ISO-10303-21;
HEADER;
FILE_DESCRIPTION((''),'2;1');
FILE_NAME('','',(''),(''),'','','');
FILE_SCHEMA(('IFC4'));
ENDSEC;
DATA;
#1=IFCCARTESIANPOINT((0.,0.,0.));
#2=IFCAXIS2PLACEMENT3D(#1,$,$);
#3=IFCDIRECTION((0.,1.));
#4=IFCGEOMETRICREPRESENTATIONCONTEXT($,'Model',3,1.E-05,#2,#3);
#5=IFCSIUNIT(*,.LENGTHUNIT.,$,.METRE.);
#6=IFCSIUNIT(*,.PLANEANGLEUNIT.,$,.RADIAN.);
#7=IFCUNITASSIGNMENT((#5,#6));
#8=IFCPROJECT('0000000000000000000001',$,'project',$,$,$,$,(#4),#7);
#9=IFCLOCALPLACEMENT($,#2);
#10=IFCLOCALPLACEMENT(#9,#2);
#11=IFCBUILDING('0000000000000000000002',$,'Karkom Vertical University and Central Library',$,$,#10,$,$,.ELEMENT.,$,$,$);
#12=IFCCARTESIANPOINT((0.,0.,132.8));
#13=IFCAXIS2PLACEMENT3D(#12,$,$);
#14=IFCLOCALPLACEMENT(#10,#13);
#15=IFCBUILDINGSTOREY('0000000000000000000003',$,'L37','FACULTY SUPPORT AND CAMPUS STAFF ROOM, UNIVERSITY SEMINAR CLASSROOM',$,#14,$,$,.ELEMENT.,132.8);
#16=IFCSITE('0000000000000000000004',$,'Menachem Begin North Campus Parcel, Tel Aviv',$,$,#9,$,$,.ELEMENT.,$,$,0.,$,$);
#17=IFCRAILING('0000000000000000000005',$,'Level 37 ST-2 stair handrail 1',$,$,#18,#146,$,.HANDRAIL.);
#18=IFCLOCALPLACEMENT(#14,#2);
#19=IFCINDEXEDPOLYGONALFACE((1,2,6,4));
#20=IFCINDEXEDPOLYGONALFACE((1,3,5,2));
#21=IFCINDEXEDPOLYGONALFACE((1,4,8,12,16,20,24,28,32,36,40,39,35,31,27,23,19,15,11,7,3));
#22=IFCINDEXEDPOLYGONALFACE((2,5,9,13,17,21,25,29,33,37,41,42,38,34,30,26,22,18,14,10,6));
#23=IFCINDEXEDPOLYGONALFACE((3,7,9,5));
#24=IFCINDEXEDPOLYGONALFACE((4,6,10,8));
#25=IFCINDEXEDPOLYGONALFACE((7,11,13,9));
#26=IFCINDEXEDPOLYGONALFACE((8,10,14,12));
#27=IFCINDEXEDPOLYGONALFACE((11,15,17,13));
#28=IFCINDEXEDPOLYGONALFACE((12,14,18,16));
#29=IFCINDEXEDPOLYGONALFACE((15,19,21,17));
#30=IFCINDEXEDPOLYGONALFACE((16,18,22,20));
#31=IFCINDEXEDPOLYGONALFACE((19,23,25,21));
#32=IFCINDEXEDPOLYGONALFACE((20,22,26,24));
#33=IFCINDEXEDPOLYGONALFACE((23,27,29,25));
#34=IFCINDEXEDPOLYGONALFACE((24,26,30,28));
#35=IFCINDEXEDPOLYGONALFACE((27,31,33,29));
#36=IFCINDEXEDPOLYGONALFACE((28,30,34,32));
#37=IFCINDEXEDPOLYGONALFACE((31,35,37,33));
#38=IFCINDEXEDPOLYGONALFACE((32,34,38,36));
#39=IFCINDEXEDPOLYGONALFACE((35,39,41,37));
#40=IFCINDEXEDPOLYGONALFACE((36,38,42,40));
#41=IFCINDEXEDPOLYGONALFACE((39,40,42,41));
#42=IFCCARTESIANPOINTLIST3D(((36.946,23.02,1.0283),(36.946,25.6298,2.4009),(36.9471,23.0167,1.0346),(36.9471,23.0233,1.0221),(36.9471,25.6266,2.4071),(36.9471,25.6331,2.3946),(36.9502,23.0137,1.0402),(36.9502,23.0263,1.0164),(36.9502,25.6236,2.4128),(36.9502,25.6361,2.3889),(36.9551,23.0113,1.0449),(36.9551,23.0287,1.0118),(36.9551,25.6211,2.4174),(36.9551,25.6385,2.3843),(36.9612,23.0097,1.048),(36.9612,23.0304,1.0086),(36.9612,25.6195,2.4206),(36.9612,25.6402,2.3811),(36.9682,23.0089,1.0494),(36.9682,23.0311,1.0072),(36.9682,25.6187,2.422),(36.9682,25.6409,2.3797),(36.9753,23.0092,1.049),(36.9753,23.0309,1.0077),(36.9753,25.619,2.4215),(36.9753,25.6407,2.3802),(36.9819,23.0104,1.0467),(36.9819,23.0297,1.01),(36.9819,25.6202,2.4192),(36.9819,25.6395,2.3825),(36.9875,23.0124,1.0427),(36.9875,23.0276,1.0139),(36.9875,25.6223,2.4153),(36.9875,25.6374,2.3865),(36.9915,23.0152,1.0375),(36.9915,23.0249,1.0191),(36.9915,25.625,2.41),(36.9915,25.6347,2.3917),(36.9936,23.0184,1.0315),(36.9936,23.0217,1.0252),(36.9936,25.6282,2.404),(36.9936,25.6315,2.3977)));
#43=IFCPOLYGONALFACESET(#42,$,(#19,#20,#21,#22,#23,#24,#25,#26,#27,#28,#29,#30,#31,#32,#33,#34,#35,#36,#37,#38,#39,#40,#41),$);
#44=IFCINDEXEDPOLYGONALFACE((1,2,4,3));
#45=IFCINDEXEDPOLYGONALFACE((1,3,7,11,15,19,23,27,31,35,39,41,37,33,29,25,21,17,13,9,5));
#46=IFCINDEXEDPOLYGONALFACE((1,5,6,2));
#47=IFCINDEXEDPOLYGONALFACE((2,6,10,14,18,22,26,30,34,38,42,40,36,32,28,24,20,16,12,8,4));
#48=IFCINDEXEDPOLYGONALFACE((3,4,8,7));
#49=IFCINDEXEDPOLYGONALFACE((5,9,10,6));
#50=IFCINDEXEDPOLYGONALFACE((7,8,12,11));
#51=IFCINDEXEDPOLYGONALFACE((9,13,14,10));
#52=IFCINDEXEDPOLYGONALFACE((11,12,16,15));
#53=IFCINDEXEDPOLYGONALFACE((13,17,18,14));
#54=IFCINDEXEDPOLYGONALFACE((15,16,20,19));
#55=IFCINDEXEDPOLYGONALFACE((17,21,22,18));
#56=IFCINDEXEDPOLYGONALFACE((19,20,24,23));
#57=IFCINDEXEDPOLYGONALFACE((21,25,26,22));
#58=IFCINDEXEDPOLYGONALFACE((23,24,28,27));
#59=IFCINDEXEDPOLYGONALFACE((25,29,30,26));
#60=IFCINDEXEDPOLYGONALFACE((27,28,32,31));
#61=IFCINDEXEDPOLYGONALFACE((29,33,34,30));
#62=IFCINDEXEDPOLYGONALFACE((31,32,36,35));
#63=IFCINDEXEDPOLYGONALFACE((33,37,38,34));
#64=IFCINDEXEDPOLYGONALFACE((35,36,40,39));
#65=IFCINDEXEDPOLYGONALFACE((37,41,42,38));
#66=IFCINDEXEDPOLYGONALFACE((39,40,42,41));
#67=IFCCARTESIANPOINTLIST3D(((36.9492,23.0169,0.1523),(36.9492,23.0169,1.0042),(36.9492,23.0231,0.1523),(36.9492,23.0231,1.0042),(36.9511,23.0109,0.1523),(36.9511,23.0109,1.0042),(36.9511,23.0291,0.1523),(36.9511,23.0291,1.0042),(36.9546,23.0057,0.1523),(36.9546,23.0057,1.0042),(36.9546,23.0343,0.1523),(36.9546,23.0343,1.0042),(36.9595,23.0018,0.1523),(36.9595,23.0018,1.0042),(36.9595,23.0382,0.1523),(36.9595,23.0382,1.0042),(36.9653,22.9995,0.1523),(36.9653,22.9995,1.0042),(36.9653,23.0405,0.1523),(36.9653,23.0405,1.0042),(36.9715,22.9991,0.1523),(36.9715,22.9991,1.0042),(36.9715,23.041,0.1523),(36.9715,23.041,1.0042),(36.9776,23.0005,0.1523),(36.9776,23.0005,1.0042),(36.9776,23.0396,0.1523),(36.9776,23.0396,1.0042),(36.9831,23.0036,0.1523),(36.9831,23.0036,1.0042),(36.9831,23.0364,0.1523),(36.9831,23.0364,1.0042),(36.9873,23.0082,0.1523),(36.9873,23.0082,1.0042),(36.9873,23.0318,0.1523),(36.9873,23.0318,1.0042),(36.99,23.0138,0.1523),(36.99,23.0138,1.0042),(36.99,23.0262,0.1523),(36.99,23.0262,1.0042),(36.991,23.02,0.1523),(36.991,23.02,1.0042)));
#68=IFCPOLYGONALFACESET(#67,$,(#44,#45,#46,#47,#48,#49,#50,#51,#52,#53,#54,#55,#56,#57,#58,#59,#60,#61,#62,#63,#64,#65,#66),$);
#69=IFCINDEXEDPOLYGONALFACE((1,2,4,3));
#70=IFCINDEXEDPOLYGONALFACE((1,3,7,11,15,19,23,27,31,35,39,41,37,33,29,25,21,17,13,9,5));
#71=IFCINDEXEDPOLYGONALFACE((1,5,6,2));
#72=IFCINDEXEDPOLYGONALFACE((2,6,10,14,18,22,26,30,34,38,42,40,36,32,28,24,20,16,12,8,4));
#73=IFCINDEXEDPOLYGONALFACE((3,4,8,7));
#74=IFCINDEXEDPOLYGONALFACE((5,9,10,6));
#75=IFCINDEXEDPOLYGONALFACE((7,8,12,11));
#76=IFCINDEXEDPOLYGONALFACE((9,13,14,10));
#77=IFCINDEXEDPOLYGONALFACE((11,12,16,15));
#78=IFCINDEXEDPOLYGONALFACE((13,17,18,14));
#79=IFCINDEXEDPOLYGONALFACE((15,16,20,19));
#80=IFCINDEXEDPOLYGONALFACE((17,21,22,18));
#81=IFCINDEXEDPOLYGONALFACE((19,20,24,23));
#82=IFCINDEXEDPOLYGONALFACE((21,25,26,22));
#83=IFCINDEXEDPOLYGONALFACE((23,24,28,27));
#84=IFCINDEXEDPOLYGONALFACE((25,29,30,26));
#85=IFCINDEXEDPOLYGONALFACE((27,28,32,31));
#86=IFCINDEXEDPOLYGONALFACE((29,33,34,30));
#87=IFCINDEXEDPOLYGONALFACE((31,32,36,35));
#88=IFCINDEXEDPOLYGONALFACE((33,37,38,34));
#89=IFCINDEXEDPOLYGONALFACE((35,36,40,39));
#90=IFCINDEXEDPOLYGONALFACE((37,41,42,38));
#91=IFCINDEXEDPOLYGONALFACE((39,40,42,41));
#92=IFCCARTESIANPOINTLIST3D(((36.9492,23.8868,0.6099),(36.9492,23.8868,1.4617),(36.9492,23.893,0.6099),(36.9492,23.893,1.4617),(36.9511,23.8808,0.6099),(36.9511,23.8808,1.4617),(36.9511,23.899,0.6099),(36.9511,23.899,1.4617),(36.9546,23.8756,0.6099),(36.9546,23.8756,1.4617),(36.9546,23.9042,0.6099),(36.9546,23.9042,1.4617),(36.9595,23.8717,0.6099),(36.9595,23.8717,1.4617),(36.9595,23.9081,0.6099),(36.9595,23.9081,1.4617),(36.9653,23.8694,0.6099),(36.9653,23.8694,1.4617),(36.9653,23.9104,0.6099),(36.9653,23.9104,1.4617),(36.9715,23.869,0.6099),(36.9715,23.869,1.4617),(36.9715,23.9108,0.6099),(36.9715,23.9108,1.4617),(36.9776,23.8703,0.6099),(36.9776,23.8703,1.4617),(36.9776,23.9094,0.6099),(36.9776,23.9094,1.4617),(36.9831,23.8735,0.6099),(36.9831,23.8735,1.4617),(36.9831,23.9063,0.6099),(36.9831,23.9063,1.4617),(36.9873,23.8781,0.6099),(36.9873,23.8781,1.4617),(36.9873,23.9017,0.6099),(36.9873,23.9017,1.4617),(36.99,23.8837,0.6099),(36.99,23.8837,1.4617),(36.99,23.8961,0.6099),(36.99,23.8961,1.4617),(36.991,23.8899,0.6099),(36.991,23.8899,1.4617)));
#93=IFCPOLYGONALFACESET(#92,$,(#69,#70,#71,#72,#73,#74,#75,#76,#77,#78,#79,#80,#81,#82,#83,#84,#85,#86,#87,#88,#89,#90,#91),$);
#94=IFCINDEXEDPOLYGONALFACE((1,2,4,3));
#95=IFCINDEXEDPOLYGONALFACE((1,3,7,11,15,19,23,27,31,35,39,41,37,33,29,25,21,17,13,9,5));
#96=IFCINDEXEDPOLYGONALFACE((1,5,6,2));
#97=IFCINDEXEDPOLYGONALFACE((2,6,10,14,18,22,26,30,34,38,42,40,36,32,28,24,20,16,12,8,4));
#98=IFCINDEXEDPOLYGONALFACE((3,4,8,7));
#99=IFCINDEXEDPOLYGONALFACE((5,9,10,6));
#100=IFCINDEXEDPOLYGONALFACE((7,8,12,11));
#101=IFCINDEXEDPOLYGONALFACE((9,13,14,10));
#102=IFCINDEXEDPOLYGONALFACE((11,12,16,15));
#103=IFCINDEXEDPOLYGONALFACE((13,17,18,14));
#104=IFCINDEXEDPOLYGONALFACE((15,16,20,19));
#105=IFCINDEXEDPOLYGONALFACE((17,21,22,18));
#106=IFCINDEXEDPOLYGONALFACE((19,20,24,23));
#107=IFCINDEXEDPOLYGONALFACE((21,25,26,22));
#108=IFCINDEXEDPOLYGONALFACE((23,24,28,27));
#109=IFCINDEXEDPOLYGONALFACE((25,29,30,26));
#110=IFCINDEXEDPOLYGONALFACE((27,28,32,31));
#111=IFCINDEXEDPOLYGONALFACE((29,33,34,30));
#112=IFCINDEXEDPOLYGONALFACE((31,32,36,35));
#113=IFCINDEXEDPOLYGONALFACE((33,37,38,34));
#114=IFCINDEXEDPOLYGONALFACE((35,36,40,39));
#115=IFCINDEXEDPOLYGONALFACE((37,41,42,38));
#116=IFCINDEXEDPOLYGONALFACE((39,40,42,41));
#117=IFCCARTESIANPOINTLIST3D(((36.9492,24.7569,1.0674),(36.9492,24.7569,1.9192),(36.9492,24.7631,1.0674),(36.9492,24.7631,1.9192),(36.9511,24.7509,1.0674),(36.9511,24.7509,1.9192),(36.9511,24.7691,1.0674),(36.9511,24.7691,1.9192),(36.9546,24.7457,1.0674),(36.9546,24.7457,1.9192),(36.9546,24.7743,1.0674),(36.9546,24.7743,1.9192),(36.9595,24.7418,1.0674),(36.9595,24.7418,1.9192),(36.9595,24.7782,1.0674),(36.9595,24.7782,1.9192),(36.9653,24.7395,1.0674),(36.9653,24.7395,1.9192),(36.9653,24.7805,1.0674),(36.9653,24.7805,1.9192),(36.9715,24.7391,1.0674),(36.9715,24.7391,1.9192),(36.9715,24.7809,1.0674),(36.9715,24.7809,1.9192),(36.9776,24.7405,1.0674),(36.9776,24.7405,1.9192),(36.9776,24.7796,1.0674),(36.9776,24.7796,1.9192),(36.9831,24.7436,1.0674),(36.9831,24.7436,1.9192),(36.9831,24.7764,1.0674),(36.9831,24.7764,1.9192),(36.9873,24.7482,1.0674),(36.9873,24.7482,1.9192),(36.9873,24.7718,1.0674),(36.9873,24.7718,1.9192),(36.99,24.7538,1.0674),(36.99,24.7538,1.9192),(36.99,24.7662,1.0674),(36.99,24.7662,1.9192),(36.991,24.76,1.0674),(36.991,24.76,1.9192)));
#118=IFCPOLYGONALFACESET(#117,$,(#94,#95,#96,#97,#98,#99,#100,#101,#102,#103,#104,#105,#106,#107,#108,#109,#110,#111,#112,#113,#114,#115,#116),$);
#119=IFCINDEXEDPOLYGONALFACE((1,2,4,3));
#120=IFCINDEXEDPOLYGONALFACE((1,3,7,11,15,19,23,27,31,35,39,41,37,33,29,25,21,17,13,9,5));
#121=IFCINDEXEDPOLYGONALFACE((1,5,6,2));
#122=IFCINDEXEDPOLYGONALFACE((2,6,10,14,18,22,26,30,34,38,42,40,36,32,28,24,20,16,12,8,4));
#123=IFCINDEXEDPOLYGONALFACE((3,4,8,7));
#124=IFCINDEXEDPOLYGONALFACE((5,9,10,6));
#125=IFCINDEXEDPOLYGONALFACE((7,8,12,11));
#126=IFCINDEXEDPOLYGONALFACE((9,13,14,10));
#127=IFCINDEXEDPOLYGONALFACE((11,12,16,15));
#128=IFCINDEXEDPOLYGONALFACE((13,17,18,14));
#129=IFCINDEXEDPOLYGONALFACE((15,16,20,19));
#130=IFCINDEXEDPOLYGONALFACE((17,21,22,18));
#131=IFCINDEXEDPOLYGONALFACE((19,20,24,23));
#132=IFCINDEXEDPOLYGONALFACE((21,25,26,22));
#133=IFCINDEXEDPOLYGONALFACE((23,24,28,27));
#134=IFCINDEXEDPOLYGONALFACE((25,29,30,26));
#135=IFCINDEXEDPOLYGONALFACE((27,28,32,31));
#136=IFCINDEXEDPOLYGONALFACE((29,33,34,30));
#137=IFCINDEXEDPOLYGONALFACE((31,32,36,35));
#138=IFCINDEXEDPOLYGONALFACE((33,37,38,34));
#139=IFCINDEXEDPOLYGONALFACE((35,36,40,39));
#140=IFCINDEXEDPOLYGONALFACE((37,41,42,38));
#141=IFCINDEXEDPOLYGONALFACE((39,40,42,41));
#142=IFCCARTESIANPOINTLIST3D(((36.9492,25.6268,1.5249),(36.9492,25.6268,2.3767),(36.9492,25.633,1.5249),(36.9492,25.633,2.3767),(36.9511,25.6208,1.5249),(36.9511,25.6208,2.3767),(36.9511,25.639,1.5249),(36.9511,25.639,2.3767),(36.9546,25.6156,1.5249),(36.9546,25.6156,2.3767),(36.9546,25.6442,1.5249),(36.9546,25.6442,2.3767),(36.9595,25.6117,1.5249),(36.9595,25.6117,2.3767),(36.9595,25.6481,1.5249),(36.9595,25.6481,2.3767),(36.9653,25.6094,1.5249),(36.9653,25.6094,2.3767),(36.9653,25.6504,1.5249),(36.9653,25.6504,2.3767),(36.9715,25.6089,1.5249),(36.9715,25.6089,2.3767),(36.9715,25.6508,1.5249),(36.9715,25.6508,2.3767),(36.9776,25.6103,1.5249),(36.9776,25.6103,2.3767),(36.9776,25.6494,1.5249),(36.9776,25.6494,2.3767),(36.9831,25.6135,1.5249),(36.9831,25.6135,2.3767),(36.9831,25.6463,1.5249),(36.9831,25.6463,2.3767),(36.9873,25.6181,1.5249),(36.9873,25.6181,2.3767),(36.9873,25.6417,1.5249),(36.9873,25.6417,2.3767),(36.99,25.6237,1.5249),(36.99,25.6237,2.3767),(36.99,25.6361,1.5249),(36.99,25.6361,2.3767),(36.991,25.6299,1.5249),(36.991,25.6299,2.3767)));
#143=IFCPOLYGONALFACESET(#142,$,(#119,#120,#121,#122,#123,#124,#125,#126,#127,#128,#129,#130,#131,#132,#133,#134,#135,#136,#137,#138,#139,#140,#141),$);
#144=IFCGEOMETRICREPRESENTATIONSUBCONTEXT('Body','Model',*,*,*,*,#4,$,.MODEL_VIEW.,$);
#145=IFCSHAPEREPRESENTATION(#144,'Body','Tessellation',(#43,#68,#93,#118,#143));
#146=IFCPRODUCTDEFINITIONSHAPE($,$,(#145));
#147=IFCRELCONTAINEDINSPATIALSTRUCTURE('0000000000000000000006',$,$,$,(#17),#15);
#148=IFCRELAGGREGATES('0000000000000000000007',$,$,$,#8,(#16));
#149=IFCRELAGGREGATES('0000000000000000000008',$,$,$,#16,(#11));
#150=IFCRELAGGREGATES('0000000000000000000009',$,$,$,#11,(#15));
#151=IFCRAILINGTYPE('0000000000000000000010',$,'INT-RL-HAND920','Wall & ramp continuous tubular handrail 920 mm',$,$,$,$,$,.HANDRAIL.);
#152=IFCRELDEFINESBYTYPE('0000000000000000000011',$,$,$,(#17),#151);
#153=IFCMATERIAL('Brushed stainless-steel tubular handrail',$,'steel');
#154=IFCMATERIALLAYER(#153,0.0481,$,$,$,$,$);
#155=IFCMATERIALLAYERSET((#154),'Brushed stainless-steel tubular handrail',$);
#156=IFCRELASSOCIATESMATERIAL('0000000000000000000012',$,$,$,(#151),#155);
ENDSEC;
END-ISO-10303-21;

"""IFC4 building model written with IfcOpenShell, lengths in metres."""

from ifc_helpers import new_model, si_unit, direction, frame, origin, origin_2d, place, context, subcontext, project, spatial, circle, extrude, material, layer, layer_set, type_object, element, save


model = new_model("IFC4")

# Units and contexts
model_context = context("Model", 3, precision=1e-05, world=origin(), true_north=direction((0.0, 1.0)))
body_context = subcontext(model_context, "Body", "Model", "MODEL_VIEW")
ifc_project = project(units=[si_unit("LENGTHUNIT", "METRE"), si_unit("PLANEANGLEUNIT", "RADIAN")], contexts=[model_context])

# Site, building, storey
site_placement = place(None, origin())
site = spatial("IfcSite", under=ifc_project, at=site_placement, Name="Menachem Begin North Campus Parcel, Tel Aviv", CompositionType="ELEMENT", RefElevation=0.0)
building_placement = place(site_placement, origin())
building = spatial("IfcBuilding", under=site, at=building_placement, Name="Karkom Vertical University and Central Library", CompositionType="ELEMENT")
storey_placement = place(building_placement, frame((0.0, 0.0, 132.8)))
storey = spatial("IfcBuildingStorey", under=building, at=storey_placement, Name="L37", Description="FACULTY SUPPORT AND CAMPUS STAFF ROOM, UNIVERSITY SEMINAR CLASSROOM", CompositionType="ELEMENT", Elevation=132.8)

# Railing
ifc_material_1 = material(Name="Brushed stainless-steel tubular handrail", Category="steel")
ifc_layer_1 = layer(ifc_material_1, 0.0481)
ifc_layer_set_1 = layer_set([ifc_layer_1], Name="Brushed stainless-steel tubular handrail")
railing_type_1 = type_object("IfcRailingType", Name="INT-RL-HAND920", Description="Wall & ramp continuous tubular handrail 920 mm", PredefinedType="HANDRAIL", material=ifc_layer_set_1)
railing_1_placement = place(storey_placement, frame((36.97, 23.02, 0.1523)))
element("IfcRailing", 1, at=railing_1_placement, inside=storey, type_object=railing_type_1, Name="Level 37 ST-2 stair handrail 1", PredefinedType="HANDRAIL", context=body_context, shape_type="SweptSolid", body=[
    extrude(circle(Radius=0.0239, at=origin_2d()), frame((0.0, 0.0, 0.876), z_axis=(0.0, 0.885065, 0.465467), x_axis=(-1.0, 0.0, 0.0)), (0.0, 0.0, 1.0), 2.9487),
    extrude(circle(Radius=0.021, at=origin_2d()), origin(), (0.0, 0.0, 1.0), 0.8518),
    extrude(circle(Radius=0.021, at=origin_2d()), frame((0.0, 0.8699, 0.4575)), (0.0, 0.0, 1.0), 0.8518),
    extrude(circle(Radius=0.021, at=origin_2d()), frame((0.0, 1.74, 0.915)), (0.0, 0.0, 1.0), 0.8518),
    extrude(circle(Radius=0.021, at=origin_2d()), frame((0.0, 2.6099, 1.3726)), (0.0, 0.0, 1.0), 0.8518),
])

save(model, "model.ifc")
